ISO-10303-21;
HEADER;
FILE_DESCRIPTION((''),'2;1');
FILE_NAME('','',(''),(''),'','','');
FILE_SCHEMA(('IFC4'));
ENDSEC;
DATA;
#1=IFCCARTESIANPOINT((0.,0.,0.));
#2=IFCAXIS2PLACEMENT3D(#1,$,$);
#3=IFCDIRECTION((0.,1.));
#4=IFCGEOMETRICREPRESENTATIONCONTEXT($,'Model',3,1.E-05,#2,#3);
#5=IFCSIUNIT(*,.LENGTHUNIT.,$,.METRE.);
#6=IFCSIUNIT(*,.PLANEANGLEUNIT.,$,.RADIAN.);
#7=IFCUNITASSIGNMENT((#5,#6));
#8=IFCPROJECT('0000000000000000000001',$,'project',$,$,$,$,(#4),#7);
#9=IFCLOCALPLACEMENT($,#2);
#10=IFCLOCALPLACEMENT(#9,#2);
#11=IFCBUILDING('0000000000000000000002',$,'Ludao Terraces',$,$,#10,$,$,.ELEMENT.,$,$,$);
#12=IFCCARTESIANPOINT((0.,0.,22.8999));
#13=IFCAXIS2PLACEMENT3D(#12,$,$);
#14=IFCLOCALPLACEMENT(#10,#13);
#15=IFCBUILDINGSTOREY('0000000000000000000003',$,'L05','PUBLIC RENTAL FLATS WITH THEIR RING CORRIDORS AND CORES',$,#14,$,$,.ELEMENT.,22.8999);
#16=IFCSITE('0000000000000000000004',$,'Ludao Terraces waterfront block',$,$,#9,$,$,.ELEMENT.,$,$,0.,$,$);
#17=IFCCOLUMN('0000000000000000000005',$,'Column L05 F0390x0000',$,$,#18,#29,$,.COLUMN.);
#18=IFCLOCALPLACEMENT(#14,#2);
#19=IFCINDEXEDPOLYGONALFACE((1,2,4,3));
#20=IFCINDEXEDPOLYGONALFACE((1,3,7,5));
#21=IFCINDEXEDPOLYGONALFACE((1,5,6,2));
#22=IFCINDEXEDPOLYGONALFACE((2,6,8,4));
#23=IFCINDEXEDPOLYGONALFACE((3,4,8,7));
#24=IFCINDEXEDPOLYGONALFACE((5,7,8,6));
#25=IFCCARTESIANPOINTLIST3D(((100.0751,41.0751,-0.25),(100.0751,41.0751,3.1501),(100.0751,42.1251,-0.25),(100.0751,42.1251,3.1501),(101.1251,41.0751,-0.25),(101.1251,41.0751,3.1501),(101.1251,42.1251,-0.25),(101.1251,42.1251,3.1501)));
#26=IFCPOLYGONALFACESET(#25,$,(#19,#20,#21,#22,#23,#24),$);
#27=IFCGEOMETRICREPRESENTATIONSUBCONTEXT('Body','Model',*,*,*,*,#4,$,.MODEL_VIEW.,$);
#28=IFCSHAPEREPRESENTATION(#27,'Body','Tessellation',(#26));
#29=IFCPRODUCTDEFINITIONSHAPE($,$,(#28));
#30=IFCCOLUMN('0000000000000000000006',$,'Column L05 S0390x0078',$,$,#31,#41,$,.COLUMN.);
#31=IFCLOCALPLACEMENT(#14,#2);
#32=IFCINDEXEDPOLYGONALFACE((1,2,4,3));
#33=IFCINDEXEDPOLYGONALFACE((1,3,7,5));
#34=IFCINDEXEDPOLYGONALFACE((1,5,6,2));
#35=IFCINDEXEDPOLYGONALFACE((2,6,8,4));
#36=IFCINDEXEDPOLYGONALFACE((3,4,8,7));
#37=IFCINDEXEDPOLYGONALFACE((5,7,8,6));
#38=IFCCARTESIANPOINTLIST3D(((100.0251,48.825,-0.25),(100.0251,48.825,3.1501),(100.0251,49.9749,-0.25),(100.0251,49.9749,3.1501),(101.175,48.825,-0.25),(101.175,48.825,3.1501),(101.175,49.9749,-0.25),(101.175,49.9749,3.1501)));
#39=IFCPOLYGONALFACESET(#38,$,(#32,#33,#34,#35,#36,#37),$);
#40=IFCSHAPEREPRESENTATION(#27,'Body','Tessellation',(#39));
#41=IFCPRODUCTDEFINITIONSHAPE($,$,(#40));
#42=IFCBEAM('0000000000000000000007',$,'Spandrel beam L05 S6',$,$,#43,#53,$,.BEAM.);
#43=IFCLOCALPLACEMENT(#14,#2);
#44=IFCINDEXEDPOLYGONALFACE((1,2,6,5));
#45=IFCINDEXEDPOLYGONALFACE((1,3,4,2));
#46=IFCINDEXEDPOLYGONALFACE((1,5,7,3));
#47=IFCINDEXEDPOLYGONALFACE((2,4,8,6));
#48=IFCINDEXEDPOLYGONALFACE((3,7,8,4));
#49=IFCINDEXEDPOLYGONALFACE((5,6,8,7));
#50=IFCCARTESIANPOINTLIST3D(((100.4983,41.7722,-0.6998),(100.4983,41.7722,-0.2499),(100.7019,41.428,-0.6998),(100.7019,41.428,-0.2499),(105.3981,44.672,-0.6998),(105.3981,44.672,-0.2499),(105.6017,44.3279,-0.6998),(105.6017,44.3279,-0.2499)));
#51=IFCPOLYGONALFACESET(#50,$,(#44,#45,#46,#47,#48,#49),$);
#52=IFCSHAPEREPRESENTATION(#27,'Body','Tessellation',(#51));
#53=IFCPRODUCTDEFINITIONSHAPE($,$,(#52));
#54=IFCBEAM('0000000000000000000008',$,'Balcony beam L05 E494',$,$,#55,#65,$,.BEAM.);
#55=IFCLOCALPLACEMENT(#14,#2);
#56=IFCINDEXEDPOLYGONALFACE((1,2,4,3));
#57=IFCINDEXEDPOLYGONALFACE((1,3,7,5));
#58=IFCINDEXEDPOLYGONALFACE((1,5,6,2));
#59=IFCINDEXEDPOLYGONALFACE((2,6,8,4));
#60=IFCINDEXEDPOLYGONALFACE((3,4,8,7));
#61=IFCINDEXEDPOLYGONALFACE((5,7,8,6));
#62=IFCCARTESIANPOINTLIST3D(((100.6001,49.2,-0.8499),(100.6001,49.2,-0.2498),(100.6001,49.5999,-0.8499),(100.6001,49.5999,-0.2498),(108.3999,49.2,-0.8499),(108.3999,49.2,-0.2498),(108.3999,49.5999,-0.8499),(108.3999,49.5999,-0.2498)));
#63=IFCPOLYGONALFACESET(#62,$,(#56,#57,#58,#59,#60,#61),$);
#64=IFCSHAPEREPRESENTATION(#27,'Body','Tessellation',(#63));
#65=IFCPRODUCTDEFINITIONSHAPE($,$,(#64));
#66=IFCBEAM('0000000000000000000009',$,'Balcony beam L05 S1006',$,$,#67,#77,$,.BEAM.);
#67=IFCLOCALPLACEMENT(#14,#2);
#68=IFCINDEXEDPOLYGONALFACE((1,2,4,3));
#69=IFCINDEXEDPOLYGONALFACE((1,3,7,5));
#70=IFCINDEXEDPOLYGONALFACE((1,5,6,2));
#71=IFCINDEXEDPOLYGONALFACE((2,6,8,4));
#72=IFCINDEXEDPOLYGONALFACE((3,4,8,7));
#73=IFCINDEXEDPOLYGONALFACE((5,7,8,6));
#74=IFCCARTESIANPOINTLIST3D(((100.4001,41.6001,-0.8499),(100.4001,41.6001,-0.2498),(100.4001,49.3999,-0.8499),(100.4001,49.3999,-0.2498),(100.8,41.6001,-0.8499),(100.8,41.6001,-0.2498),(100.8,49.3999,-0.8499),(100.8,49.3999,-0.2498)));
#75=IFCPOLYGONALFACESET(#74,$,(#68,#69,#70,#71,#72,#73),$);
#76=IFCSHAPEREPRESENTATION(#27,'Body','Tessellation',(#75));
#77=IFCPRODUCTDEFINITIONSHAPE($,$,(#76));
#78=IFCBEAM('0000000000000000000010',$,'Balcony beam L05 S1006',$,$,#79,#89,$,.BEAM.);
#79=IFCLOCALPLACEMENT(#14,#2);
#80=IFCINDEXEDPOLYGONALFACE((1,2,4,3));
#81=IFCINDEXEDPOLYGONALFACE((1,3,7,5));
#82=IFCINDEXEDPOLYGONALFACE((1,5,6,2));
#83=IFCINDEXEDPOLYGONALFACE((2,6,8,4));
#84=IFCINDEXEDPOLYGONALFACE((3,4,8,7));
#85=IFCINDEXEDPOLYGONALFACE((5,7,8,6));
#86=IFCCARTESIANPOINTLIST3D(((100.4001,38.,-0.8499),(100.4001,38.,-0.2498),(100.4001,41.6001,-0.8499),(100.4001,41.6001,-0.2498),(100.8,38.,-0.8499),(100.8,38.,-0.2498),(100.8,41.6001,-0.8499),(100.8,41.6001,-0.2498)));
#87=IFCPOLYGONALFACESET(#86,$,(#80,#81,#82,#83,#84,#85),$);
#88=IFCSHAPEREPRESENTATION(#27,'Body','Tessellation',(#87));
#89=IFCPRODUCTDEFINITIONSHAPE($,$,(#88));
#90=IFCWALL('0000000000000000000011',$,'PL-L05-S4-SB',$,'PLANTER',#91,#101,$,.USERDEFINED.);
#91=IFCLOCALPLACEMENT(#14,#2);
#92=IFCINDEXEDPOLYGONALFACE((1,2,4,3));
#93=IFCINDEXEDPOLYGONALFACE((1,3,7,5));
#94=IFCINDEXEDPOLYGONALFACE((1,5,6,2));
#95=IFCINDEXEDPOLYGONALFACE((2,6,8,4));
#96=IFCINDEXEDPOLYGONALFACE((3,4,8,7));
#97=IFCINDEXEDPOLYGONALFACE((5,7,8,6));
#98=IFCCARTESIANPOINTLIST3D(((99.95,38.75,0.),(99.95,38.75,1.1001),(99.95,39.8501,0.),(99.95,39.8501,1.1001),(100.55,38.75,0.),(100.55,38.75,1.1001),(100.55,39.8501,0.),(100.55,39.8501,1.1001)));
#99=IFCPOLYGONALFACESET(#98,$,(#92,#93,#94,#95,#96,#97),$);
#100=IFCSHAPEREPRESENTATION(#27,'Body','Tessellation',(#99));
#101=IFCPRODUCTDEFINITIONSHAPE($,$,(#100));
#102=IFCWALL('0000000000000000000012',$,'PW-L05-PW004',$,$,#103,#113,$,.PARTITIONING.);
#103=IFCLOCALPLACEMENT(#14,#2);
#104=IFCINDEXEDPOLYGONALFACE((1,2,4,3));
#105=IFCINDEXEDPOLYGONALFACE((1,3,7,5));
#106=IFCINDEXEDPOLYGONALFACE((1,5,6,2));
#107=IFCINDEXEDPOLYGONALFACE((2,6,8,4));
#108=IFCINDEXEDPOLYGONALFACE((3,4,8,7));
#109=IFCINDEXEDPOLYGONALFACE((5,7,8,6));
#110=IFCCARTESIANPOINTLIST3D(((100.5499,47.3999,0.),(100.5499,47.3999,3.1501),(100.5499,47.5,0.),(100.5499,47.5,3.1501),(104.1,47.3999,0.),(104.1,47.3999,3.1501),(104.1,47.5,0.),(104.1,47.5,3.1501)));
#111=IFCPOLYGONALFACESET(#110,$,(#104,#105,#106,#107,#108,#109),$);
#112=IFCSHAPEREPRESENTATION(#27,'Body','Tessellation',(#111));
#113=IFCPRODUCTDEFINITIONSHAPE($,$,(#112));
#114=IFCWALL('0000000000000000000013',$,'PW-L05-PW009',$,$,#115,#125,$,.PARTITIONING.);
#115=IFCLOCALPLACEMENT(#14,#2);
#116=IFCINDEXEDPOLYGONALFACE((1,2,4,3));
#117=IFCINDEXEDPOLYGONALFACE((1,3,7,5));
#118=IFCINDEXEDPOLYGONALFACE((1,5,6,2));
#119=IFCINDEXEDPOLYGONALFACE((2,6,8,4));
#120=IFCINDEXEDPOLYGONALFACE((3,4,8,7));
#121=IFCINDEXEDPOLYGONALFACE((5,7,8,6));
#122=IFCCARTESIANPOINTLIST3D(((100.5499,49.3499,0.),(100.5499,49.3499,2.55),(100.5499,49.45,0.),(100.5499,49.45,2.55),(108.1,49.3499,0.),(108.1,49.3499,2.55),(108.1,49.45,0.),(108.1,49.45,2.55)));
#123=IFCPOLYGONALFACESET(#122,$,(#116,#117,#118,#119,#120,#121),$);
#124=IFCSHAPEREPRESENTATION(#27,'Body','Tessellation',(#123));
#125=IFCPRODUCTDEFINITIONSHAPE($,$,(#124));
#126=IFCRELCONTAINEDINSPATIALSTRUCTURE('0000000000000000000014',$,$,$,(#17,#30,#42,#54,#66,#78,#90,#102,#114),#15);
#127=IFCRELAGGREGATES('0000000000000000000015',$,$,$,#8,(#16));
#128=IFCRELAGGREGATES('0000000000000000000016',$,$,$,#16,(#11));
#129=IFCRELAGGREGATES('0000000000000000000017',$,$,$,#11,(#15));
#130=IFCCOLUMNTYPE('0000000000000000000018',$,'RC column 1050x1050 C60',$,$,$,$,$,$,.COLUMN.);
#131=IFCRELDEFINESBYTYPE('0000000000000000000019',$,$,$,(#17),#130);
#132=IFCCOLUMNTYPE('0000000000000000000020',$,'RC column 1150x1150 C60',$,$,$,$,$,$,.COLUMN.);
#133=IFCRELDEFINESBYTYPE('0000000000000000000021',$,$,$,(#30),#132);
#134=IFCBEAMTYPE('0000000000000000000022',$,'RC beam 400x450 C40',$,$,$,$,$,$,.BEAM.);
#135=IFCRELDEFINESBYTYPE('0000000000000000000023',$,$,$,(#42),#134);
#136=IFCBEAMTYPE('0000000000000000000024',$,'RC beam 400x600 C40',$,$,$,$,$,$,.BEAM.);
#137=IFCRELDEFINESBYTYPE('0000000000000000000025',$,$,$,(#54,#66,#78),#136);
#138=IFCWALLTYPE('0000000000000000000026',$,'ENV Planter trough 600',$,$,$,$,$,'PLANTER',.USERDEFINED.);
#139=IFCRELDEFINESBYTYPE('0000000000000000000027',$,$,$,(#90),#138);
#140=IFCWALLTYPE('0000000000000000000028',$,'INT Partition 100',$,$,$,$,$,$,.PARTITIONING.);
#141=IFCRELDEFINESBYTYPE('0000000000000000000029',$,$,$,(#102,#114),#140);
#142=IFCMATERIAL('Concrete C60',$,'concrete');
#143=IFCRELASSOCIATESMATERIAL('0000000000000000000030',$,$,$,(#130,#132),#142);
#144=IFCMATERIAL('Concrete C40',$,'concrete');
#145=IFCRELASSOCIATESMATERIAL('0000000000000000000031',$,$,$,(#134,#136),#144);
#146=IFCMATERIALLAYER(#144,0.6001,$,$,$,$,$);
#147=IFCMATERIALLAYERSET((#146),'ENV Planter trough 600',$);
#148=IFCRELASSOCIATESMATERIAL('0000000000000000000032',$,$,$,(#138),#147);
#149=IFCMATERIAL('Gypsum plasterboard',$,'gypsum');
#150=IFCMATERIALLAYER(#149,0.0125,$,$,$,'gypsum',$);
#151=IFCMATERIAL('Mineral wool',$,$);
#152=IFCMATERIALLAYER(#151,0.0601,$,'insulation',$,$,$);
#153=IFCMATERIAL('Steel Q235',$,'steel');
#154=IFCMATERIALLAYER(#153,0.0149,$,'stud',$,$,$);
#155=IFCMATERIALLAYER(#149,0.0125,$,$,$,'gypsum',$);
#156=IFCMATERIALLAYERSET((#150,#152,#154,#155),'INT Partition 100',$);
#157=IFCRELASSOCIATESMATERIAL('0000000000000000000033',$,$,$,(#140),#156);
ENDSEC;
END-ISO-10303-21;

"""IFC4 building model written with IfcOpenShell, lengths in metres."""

from ifc_helpers import new_model, si_unit, direction, frame, frame_2d, origin, origin_2d, place, context, subcontext, project, spatial, rectangle, extrude, material, layer, layer_set, material_profile, profile_set, type_object, element, save


model = new_model("IFC4")

# Units and contexts
model_context = context("Model", 3, precision=1e-05, world=origin(), true_north=direction((0.0, 1.0)))
body_context = subcontext(model_context, "Body", "Model", "MODEL_VIEW")
ifc_project = project(units=[si_unit("LENGTHUNIT", "METRE"), si_unit("PLANEANGLEUNIT", "RADIAN")], contexts=[model_context])

# Site, building, storey
site_placement = place(None, origin())
site = spatial("IfcSite", under=ifc_project, at=site_placement, Name="Ludao Terraces waterfront block", CompositionType="ELEMENT", RefElevation=0.0)
building_placement = place(site_placement, origin())
building = spatial("IfcBuilding", under=site, at=building_placement, Name="Ludao Terraces", CompositionType="ELEMENT")
storey_placement = place(building_placement, frame((0.0, 0.0, 22.8999)))
storey = spatial("IfcBuildingStorey", under=building, at=storey_placement, Name="L05", Description="PUBLIC RENTAL FLATS WITH THEIR RING CORRIDORS AND CORES", CompositionType="ELEMENT", Elevation=22.8999)

# Columns
ifc_material_1 = material(Name="Concrete C60", Category="concrete")
ifc_material_profile_1 = material_profile(ifc_material_1, rectangle(XDim=1.05, YDim=1.05, at=origin_2d()), Name="1050 X 1050")
ifc_profile_set_1 = profile_set([ifc_material_profile_1], Name="Concrete C60")
column_type_1 = type_object("IfcColumnType", Name="RC column 1050x1050 C60", PredefinedType="COLUMN", material=ifc_profile_set_1)
column_1_placement = place(storey_placement, frame((100.6001, 41.6001, -0.25), z_axis=(0.0, 0.0, 1.0), x_axis=(1.0, 0.0, 0.0)))
element("IfcColumn", 1, at=column_1_placement, inside=storey, type_object=column_type_1, Name="Column L05 F0390x0000", PredefinedType="COLUMN", context=body_context, shape_type="SweptSolid", body=[
    extrude(rectangle(XDim=1.05, YDim=1.05, at=origin_2d()), origin(), (0.0, 0.0, 1.0), 3.4001),
])
ifc_material_profile_2 = material_profile(ifc_material_1, rectangle(XDim=1.1499, YDim=1.1499, at=origin_2d()), Name="1150 X 1150")
ifc_profile_set_2 = profile_set([ifc_material_profile_2], Name="Concrete C60")
column_type_2 = type_object("IfcColumnType", Name="RC column 1150x1150 C60", PredefinedType="COLUMN", material=ifc_profile_set_2)
column_2_placement = place(storey_placement, frame((100.6001, 49.3999, -0.25), z_axis=(0.0, 0.0, 1.0), x_axis=(1.0, 0.0, 0.0)))
element("IfcColumn", 2, at=column_2_placement, inside=storey, type_object=column_type_2, Name="Column L05 S0390x0078", PredefinedType="COLUMN", context=body_context, shape_type="SweptSolid", body=[
    extrude(rectangle(XDim=1.1499, YDim=1.1499, at=origin_2d()), origin(), (0.0, 0.0, 1.0), 3.4001),
])

# Beams
ifc_material_2 = material(Name="Concrete C40", Category="concrete")
ifc_material_profile_3 = material_profile(ifc_material_2, rectangle(XDim=0.3999, YDim=0.45, at=origin_2d()), Name="400 X 450")
ifc_profile_set_3 = profile_set([ifc_material_profile_3], Name="Concrete C40")
beam_type_1 = type_object("IfcBeamType", Name="RC beam 400x450 C40", PredefinedType="BEAM", material=ifc_profile_set_3)
beam_1_placement = place(storey_placement, frame((100.6001, 41.6001, -0.4749), z_axis=(0.86058, 0.509316, 0.0), x_axis=(-0.509316, 0.86058, 0.0)))
element("IfcBeam", 3, at=beam_1_placement, inside=storey, type_object=beam_type_1, Name="Spandrel beam L05 S6", PredefinedType="BEAM", context=body_context, shape_type="SweptSolid", body=[
    extrude(rectangle(XDim=0.3999, YDim=0.45, at=origin_2d()), origin(), (0.0, 0.0, 1.0), 5.6936),
])
ifc_material_profile_4 = material_profile(ifc_material_2, rectangle(XDim=0.3999, YDim=0.6001, at=origin_2d()), Name="400 X 600")
ifc_profile_set_4 = profile_set([ifc_material_profile_4], Name="Concrete C40")
beam_type_2 = type_object("IfcBeamType", Name="RC beam 400x600 C40", PredefinedType="BEAM", material=ifc_profile_set_4)
for number, where, z_axis, x_axis, name in (
    (4, (100.6001, 49.3999, -0.5498), (1.0, 0.0, 0.0), (0.0, 1.0, 0.0), "Balcony beam L05 E494"),
    (5, (100.6001, 49.3999, -0.5498), (0.0, -1.0, 0.0), (1.0, 0.0, 0.0), "Balcony beam L05 S1006"),
):
    element("IfcBeam", number, at=place(storey_placement, frame(where, z_axis=z_axis, x_axis=x_axis)), inside=storey, type_object=beam_type_2, Name=name, PredefinedType="BEAM", context=body_context, shape_type="SweptSolid", body=[
        extrude(rectangle(XDim=0.3999, YDim=0.6001, at=origin_2d()), origin(), (0.0, 0.0, 1.0), 7.7998),
    ])
beam_2_placement = place(storey_placement, frame((100.6001, 41.6001, -0.5498), z_axis=(0.0, -1.0, 0.0), x_axis=(1.0, 0.0, 0.0)))
element("IfcBeam", 6, at=beam_2_placement, inside=storey, type_object=beam_type_2, Name="Balcony beam L05 S1006", PredefinedType="BEAM", context=body_context, shape_type="SweptSolid", body=[
    extrude(rectangle(XDim=0.3999, YDim=0.6001, at=origin_2d()), origin(), (0.0, 0.0, 1.0), 3.6001),
])

# Walls
ifc_layer_1 = layer(ifc_material_2, 0.6001)
ifc_layer_set_1 = layer_set([ifc_layer_1], Name="ENV Planter trough 600")
wall_type_1 = type_object("IfcWallType", Name="ENV Planter trough 600", ElementType="PLANTER", PredefinedType="USERDEFINED", material=ifc_layer_set_1)
wall_1_placement = place(storey_placement, frame((100.25, 38.75, 0.0), z_axis=(0.0, 0.0, 1.0), x_axis=(0.0, 1.0, 0.0)))
element("IfcWall", 7, at=wall_1_placement, inside=storey, type_object=wall_type_1, Name="PL-L05-S4-SB", ObjectType="PLANTER", PredefinedType="USERDEFINED", context=body_context, shape_type="SweptSolid", body=[
    extrude(rectangle(XDim=1.1001, YDim=0.6001, at=frame_2d((0.55, 0.0))), origin(), (0.0, 0.0, 1.0), 1.1001),
])
ifc_material_3 = material(Name="Gypsum plasterboard", Category="gypsum")
ifc_layer_2 = layer(ifc_material_3, 0.0125, Category="gypsum")
ifc_material_4 = material(Name="Mineral wool")
ifc_layer_3 = layer(ifc_material_4, 0.0601, Name="insulation")
ifc_material_5 = material(Name="Steel Q235", Category="steel")
ifc_layer_4 = layer(ifc_material_5, 0.0149, Name="stud")
ifc_layer_5 = layer(ifc_material_3, 0.0125, Category="gypsum")
ifc_layer_set_2 = layer_set([ifc_layer_2, ifc_layer_3, ifc_layer_4, ifc_layer_5], Name="INT Partition 100")
wall_type_2 = type_object("IfcWallType", Name="INT Partition 100", PredefinedType="PARTITIONING", material=ifc_layer_set_2)
wall_2_placement = place(storey_placement, frame((100.55, 47.45, 0.0), z_axis=(0.0, 0.0, 1.0), x_axis=(1.0, 0.0, 0.0)))
element("IfcWall", 8, at=wall_2_placement, inside=storey, type_object=wall_type_2, Name="PW-L05-PW004", PredefinedType="PARTITIONING", context=body_context, shape_type="SweptSolid", body=[
    extrude(rectangle(XDim=3.55, YDim=0.1001, at=frame_2d((1.7749, 0.0))), origin(), (0.0, 0.0, 1.0), 3.1501),
])
wall_3_placement = place(storey_placement, frame((100.55, 49.3999, 0.0), z_axis=(0.0, 0.0, 1.0), x_axis=(1.0, 0.0, 0.0)))
element("IfcWall", 9, at=wall_3_placement, inside=storey, type_object=wall_type_2, Name="PW-L05-PW009", PredefinedType="PARTITIONING", context=body_context, shape_type="SweptSolid", body=[
    extrude(rectangle(XDim=7.55, YDim=0.1001, at=frame_2d((3.7749, 0.0))), origin(), (0.0, 0.0, 1.0), 2.55),
])

save(model, "model.ifc")
